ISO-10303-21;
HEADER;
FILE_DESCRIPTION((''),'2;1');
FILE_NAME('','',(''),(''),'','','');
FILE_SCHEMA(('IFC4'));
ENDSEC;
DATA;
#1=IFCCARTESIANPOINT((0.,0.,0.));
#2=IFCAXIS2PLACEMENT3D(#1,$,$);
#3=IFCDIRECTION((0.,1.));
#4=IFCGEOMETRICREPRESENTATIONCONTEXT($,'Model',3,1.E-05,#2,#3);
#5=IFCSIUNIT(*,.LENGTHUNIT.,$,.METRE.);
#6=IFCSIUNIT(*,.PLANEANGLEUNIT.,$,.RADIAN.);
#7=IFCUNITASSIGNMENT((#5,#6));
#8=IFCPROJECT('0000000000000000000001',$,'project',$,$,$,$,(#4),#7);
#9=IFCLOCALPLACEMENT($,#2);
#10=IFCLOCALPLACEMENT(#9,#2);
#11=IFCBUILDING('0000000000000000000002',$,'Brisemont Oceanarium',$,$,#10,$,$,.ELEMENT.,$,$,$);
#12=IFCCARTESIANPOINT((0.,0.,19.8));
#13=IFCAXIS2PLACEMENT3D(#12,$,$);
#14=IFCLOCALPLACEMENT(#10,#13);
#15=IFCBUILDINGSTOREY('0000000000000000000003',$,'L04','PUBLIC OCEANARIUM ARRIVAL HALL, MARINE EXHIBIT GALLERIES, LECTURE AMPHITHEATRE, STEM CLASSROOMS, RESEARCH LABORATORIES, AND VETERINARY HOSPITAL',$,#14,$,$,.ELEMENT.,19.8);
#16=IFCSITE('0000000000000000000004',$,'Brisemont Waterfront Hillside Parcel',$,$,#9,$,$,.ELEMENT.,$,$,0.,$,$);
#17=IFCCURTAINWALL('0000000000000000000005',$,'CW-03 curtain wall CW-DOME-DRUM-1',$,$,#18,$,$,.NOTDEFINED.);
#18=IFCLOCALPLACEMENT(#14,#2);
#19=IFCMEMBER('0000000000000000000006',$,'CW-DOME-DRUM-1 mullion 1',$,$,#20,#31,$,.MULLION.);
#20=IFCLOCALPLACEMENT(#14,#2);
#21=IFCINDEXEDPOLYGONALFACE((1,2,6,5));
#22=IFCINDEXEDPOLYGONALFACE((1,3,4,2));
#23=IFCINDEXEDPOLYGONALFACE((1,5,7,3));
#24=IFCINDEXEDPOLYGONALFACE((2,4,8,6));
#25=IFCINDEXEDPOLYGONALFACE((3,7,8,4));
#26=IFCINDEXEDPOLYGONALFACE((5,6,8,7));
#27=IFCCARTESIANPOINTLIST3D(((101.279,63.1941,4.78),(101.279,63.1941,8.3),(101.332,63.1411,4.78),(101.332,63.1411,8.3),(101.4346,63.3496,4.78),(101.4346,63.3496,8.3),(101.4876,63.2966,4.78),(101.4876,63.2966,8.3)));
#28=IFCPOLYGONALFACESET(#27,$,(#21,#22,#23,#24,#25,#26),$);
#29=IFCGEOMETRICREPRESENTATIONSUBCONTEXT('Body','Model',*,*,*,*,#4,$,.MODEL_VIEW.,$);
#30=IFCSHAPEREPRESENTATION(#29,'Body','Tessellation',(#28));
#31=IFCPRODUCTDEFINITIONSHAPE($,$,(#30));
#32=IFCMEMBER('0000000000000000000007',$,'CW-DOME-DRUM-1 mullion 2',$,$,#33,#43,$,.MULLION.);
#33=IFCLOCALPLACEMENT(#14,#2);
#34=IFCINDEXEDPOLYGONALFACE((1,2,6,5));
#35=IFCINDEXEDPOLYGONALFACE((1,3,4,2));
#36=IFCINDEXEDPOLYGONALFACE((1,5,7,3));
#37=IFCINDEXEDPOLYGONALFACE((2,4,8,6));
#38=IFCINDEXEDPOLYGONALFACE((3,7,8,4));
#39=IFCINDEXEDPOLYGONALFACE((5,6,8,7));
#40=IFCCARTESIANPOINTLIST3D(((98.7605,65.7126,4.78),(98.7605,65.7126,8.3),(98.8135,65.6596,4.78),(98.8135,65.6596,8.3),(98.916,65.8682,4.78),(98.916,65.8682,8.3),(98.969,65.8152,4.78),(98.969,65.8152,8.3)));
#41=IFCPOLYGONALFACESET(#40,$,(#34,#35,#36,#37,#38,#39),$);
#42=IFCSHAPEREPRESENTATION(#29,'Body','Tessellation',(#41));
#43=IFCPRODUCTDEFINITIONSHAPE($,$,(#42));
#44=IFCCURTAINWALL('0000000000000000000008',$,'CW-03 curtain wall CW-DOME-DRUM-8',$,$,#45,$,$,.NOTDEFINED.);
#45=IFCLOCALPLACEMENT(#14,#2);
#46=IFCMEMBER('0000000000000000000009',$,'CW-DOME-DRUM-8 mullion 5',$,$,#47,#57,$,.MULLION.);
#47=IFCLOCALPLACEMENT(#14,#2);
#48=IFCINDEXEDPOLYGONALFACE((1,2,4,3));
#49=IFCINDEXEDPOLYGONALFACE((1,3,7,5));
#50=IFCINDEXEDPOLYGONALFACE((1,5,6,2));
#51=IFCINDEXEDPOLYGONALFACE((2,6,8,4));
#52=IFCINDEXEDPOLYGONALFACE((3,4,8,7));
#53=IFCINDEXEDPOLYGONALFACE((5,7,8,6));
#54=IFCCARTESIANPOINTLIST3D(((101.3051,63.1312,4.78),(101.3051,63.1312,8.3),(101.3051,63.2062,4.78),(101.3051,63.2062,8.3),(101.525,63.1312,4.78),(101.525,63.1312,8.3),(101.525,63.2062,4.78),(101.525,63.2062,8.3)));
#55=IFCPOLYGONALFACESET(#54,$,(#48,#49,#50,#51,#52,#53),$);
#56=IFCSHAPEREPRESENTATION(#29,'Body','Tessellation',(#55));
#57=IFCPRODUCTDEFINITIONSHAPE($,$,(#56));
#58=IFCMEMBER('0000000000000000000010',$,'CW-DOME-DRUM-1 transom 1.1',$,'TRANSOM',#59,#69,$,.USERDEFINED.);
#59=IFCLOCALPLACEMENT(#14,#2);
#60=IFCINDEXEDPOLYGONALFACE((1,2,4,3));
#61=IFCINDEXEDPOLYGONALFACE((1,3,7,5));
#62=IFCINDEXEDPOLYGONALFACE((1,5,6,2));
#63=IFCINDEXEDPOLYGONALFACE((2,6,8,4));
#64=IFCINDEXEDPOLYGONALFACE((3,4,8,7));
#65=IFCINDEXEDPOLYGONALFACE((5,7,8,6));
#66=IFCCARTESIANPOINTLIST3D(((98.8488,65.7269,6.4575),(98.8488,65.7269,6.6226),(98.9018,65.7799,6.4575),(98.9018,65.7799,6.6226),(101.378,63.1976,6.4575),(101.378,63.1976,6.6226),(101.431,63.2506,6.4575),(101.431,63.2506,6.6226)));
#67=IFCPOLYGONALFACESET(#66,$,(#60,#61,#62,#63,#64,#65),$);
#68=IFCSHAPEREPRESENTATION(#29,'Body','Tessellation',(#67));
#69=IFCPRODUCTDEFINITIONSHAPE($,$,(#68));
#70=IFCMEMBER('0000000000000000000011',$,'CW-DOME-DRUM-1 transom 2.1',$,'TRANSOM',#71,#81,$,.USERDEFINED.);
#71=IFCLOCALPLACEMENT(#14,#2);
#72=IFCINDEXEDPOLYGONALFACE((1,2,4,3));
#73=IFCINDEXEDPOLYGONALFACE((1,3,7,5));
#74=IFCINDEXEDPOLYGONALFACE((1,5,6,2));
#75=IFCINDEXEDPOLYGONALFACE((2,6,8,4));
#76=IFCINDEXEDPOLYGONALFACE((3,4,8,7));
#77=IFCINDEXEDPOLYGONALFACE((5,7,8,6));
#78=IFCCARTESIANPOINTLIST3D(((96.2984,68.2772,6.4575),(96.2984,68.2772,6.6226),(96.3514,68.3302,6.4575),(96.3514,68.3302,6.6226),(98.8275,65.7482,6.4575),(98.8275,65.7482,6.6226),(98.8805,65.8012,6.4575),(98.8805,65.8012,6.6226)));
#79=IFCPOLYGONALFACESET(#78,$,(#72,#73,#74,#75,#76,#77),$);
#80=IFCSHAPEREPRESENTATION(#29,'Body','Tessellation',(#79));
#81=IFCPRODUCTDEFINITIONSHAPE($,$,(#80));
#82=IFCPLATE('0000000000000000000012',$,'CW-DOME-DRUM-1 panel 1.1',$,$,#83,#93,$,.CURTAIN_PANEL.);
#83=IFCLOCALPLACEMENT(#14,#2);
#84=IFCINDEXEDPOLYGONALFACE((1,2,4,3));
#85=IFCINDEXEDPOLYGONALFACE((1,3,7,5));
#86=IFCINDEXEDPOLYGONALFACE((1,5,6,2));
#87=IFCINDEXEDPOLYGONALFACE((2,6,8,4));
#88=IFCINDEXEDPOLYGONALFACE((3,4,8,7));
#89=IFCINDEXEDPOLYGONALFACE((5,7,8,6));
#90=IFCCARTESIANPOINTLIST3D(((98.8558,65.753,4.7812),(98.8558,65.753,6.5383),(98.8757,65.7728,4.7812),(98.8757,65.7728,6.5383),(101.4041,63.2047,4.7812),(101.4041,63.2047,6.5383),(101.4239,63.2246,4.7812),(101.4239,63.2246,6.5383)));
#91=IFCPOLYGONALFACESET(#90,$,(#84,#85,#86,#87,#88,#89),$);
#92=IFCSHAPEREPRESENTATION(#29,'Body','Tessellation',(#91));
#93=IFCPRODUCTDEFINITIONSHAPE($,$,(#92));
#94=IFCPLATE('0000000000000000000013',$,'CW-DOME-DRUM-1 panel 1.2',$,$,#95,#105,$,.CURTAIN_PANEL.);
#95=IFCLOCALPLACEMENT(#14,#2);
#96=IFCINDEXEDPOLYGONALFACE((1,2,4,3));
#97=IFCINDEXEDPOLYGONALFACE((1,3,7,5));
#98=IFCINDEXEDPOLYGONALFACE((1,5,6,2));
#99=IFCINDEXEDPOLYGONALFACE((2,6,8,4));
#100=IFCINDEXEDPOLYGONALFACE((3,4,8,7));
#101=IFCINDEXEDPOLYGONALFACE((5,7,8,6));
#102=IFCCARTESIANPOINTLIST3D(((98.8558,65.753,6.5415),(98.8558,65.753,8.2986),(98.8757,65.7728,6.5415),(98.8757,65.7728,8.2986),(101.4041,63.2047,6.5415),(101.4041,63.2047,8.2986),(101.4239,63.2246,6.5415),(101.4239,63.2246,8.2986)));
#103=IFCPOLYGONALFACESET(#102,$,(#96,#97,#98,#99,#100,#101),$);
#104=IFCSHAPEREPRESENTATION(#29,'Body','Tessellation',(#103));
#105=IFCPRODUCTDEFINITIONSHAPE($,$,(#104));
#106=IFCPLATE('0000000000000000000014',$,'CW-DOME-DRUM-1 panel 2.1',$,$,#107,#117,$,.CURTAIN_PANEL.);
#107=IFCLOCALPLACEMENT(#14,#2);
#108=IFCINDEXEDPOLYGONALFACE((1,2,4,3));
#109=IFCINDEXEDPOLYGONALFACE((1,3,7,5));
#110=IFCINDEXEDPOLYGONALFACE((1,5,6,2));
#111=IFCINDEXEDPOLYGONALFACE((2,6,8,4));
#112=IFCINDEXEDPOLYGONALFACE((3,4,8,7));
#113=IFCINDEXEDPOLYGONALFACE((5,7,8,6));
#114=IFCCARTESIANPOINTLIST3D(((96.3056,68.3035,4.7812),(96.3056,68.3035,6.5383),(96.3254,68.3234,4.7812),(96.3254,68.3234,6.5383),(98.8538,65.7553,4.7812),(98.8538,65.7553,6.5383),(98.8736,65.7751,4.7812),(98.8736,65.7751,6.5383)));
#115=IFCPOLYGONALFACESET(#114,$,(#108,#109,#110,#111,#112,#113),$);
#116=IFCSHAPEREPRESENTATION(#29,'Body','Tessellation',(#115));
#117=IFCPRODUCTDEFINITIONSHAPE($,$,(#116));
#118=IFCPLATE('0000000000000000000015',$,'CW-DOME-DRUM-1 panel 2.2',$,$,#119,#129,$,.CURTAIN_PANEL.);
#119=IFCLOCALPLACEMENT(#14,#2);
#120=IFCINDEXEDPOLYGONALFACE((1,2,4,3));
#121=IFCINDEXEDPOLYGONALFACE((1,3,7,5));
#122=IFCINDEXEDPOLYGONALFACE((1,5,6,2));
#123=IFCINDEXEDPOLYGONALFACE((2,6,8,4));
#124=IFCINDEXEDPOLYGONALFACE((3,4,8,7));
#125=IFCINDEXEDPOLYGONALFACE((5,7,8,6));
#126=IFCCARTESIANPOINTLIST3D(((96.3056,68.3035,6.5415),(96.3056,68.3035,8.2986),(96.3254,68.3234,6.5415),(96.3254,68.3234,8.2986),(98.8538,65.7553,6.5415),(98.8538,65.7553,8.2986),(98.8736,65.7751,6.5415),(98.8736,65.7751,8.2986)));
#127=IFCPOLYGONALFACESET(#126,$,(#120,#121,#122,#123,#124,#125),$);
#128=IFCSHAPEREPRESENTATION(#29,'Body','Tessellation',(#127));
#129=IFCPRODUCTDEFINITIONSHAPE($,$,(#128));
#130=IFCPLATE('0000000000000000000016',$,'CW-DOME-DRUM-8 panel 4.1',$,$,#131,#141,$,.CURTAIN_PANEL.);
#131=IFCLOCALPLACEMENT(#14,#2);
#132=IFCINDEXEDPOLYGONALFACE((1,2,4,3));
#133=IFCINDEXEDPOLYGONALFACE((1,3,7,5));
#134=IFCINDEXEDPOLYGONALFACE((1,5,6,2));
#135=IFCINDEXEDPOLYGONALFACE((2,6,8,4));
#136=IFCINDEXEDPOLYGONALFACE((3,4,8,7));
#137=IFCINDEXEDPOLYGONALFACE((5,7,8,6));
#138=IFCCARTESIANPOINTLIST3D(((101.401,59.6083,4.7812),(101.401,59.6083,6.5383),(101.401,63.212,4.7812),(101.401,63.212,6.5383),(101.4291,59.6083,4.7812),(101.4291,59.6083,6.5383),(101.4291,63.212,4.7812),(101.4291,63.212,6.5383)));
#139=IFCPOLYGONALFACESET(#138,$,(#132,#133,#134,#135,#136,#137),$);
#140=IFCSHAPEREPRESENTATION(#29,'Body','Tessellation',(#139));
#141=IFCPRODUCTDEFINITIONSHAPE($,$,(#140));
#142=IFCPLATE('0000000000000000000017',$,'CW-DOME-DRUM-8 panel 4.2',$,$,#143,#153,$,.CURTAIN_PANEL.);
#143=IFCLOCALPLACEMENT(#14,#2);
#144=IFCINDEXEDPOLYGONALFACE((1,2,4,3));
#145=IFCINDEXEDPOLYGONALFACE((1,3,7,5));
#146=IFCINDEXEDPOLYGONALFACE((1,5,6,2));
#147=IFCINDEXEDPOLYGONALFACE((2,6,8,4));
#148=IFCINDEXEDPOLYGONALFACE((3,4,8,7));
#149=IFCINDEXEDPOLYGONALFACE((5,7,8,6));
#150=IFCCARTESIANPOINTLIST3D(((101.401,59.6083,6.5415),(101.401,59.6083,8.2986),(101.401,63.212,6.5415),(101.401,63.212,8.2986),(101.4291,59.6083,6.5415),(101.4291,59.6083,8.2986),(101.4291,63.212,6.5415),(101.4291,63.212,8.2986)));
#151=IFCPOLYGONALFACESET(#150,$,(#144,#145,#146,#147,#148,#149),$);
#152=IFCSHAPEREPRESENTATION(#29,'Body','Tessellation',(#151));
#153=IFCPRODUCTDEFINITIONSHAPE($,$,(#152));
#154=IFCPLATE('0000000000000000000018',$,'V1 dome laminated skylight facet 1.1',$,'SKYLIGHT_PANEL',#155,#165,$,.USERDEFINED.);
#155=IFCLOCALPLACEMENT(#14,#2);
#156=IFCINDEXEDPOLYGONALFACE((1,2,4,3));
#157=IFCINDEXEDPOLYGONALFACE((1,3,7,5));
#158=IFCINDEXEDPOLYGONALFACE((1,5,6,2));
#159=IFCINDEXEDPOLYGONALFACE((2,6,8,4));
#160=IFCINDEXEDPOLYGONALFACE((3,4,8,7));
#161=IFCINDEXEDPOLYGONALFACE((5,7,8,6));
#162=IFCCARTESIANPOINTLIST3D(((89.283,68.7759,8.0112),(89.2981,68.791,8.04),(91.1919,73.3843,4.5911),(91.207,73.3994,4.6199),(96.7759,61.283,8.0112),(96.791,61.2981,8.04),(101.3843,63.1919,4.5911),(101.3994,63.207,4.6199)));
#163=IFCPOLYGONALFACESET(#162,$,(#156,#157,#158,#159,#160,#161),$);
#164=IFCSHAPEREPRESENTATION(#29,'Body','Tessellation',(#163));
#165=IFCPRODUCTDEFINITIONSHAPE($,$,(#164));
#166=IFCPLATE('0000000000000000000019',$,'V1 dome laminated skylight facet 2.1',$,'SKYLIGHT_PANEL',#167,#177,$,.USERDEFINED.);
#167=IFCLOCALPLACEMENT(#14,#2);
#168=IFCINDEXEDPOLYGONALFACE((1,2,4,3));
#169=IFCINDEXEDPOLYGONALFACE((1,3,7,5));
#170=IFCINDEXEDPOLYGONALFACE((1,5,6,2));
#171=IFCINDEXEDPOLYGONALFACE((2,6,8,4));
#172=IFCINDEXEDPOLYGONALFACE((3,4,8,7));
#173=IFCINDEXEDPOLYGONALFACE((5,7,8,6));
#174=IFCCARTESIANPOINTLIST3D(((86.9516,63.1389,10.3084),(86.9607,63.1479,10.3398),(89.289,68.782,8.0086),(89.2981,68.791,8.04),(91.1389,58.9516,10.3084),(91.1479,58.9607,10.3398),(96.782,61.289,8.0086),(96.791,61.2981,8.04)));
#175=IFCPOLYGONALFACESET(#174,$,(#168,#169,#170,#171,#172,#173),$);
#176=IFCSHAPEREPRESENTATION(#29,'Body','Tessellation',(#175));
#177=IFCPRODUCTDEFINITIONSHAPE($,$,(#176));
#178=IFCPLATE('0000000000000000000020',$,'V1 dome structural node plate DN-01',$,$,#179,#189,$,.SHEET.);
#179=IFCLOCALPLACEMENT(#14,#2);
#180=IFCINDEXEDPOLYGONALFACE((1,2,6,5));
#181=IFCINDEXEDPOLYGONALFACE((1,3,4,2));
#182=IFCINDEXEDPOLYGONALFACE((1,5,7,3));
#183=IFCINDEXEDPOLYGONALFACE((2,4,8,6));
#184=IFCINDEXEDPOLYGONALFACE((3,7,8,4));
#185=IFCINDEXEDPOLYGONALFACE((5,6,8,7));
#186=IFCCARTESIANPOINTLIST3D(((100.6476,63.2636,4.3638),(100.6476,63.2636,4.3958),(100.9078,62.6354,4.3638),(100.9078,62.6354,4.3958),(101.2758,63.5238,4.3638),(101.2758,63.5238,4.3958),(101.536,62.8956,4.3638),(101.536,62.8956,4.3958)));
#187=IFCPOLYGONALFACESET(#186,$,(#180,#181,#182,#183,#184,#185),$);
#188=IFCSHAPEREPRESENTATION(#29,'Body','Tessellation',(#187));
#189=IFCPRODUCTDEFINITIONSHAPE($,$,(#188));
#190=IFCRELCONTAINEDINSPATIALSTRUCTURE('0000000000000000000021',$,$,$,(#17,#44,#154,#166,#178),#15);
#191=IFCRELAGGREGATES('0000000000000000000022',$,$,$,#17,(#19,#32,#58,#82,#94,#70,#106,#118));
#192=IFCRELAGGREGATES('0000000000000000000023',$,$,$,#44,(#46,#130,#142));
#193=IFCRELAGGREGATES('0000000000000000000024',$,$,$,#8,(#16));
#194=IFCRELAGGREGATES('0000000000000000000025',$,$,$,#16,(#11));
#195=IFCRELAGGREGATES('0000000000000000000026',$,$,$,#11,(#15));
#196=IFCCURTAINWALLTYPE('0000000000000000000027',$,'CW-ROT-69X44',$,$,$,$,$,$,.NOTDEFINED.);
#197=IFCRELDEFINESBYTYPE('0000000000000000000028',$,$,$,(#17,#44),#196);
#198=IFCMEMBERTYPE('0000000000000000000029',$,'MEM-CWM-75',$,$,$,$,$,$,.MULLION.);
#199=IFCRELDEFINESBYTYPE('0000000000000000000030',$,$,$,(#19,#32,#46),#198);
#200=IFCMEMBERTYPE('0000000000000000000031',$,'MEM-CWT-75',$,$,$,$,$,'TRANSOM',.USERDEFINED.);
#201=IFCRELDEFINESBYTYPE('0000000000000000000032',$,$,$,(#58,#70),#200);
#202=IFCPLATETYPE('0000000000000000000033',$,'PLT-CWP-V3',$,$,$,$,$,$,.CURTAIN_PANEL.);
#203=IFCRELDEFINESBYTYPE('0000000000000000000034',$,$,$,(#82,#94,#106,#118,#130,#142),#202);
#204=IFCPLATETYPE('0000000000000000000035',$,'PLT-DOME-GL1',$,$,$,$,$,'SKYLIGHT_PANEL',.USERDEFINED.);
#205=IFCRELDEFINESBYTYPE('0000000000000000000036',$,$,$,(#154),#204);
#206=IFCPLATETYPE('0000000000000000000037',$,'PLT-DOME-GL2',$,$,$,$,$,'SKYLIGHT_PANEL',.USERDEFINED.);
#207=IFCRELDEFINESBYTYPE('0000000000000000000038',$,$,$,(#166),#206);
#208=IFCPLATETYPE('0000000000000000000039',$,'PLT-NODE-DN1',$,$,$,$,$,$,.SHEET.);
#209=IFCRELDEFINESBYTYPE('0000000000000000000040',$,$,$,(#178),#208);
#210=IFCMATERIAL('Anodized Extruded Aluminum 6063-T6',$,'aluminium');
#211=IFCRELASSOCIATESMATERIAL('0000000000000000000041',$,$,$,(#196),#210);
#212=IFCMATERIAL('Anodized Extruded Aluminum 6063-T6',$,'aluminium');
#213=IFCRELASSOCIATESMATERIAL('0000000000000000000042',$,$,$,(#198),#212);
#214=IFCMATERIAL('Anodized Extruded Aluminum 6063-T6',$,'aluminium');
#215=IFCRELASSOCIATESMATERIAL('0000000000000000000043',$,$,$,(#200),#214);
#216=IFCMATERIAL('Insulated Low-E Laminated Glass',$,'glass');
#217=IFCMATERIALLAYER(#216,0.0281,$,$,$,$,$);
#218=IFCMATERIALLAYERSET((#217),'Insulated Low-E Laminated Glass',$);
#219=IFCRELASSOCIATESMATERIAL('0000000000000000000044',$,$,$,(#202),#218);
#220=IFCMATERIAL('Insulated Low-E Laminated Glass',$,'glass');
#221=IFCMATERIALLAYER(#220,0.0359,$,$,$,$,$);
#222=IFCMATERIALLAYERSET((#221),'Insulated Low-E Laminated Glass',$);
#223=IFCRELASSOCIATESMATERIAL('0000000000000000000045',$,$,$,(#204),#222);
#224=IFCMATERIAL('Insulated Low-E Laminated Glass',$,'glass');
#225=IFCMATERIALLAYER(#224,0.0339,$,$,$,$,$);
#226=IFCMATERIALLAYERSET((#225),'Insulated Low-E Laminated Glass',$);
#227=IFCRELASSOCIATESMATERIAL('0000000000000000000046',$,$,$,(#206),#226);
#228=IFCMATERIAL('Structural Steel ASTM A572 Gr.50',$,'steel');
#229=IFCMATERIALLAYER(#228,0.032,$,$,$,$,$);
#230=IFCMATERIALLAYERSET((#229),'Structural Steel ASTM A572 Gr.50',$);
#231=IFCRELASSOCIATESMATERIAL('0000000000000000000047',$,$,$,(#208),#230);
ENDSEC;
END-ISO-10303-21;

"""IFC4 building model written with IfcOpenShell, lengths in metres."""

from ifc_helpers import new_model, si_unit, direction, frame, origin, origin_2d, place, context, subcontext, project, spatial, polyline, rectangle, outline, extrude, material, layer, layer_set, material_profile, profile_set, type_object, element, aggregate, save


model = new_model("IFC4")

# Units and contexts
model_context = context("Model", 3, precision=1e-05, world=origin(), true_north=direction((0.0, 1.0)))
body_context = subcontext(model_context, "Body", "Model", "MODEL_VIEW")
ifc_project = project(units=[si_unit("LENGTHUNIT", "METRE"), si_unit("PLANEANGLEUNIT", "RADIAN")], contexts=[model_context])

# Site, building, storey
site_placement = place(None, origin())
site = spatial("IfcSite", under=ifc_project, at=site_placement, Name="Brisemont Waterfront Hillside Parcel", CompositionType="ELEMENT", RefElevation=0.0)
building_placement = place(site_placement, origin())
building = spatial("IfcBuilding", under=site, at=building_placement, Name="Brisemont Oceanarium", CompositionType="ELEMENT")
storey_placement = place(building_placement, frame((0.0, 0.0, 19.8)))
storey = spatial("IfcBuildingStorey", under=building, at=storey_placement, Name="L04", Description="PUBLIC OCEANARIUM ARRIVAL HALL, MARINE EXHIBIT GALLERIES, LECTURE AMPHITHEATRE, STEM CLASSROOMS, RESEARCH LABORATORIES, AND VETERINARY HOSPITAL", CompositionType="ELEMENT", Elevation=19.8)

# Curtain wall, members
ifc_material_1 = material(Name="Anodized Extruded Aluminum 6063-T6", Category="aluminium")
curtain_wall_type = type_object("IfcCurtainWallType", Name="CW-ROT-69X44", PredefinedType="NOTDEFINED", material=ifc_material_1)
curtain_wall_1_placement = place(storey_placement, origin())
curtain_wall_1 = element("IfcCurtainWall", 1, at=curtain_wall_1_placement, inside=storey, type_object=curtain_wall_type, Name="CW-03 curtain wall CW-DOME-DRUM-1", PredefinedType="NOTDEFINED")
ifc_material_2 = material(Name="Anodized Extruded Aluminum 6063-T6", Category="aluminium")
ifc_material_profile_1 = material_profile(ifc_material_2, rectangle(XDim=0.075, YDim=0.22, at=origin_2d()), Name="CWM-75X220")
ifc_profile_set_1 = profile_set([ifc_material_profile_1], Name="Anodized Extruded Aluminum 6063-T6")
member_type_1 = type_object("IfcMemberType", Name="MEM-CWM-75", PredefinedType="MULLION", material=ifc_profile_set_1)
member_1_placement = place(storey_placement, frame((101.3833, 63.2454, 4.78), z_axis=(0.0, 0.0, 1.0), x_axis=(-0.707107, 0.707107, 0.0)))
member_1 = element("IfcMember", 2, at=member_1_placement, type_object=member_type_1, Name="CW-DOME-DRUM-1 mullion 1", PredefinedType="MULLION", context=body_context, shape_type="SweptSolid", body=[
    extrude(rectangle(XDim=0.075, YDim=0.22, at=origin_2d()), origin(), (0.0, 0.0, 1.0), 3.52),
])
member_2_placement = place(storey_placement, frame((98.8647, 65.7639, 4.78), z_axis=(0.0, 0.0, 1.0), x_axis=(-0.707107, 0.707107, 0.0)))
member_2 = element("IfcMember", 3, at=member_2_placement, type_object=member_type_1, Name="CW-DOME-DRUM-1 mullion 2", PredefinedType="MULLION", context=body_context, shape_type="SweptSolid", body=[
    extrude(rectangle(XDim=0.075, YDim=0.22, at=origin_2d()), origin(), (0.0, 0.0, 1.0), 3.52),
])

# Curtain wall, member
curtain_wall_2_placement = place(storey_placement, origin())
curtain_wall_2 = element("IfcCurtainWall", 4, at=curtain_wall_2_placement, inside=storey, type_object=curtain_wall_type, Name="CW-03 curtain wall CW-DOME-DRUM-8", PredefinedType="NOTDEFINED")
member_3_placement = place(storey_placement, frame((101.415, 63.1687, 4.78), z_axis=(0.0, 0.0, 1.0), x_axis=(0.0, 1.0, 0.0)))
member_3 = element("IfcMember", 5, at=member_3_placement, type_object=member_type_1, Name="CW-DOME-DRUM-8 mullion 5", PredefinedType="MULLION", context=body_context, shape_type="SweptSolid", body=[
    extrude(rectangle(XDim=0.075, YDim=0.22, at=origin_2d()), origin(), (0.0, 0.0, 1.0), 3.52),
])

# Members
ifc_material_3 = material(Name="Anodized Extruded Aluminum 6063-T6", Category="aluminium")
ifc_material_profile_2 = material_profile(ifc_material_3, rectangle(XDim=0.075, YDim=0.165, at=origin_2d()), Name="CWT-75X165")
ifc_profile_set_2 = profile_set([ifc_material_profile_2], Name="Anodized Extruded Aluminum 6063-T6")
member_type_2 = type_object("IfcMemberType", Name="MEM-CWT-75", ElementType="TRANSOM", PredefinedType="USERDEFINED", material=ifc_profile_set_2)
member_4_placement = place(storey_placement, frame((101.4045, 63.2241, 6.54), z_axis=(-0.707107, 0.707107, 0.0), x_axis=(-0.707107, -0.707107, 0.0)))
member_4 = element("IfcMember", 6, at=member_4_placement, type_object=member_type_2, Name="CW-DOME-DRUM-1 transom 1.1", ObjectType="TRANSOM", PredefinedType="USERDEFINED", context=body_context, shape_type="SweptSolid", body=[
    extrude(rectangle(XDim=0.075, YDim=0.165, at=origin_2d()), origin(), (0.0, 0.0, 1.0), 3.5769),
])
member_5_placement = place(storey_placement, frame((98.854, 65.7747, 6.54), z_axis=(-0.707107, 0.707107, 0.0), x_axis=(-0.707107, -0.707107, 0.0)))
member_5 = element("IfcMember", 7, at=member_5_placement, type_object=member_type_2, Name="CW-DOME-DRUM-1 transom 2.1", ObjectType="TRANSOM", PredefinedType="USERDEFINED", context=body_context, shape_type="SweptSolid", body=[
    extrude(rectangle(XDim=0.075, YDim=0.165, at=origin_2d()), origin(), (0.0, 0.0, 1.0), 3.5767),
])

# Plates
ifc_material_4 = material(Name="Insulated Low-E Laminated Glass", Category="glass")
ifc_layer_1 = layer(ifc_material_4, 0.0281)
ifc_layer_set_1 = layer_set([ifc_layer_1], Name="Insulated Low-E Laminated Glass")
plate_type_1 = type_object("IfcPlateType", Name="PLT-CWP-V3", PredefinedType="CURTAIN_PANEL", material=ifc_layer_set_1)
plate_1_placement = place(storey_placement, frame((100.1399, 64.4888, 4.7812), z_axis=(0.0, 0.0, 1.0), x_axis=(-0.707107, 0.707107, 0.0)))
plate_1 = element("IfcPlate", 8, at=plate_1_placement, type_object=plate_type_1, Name="CW-DOME-DRUM-1 panel 1.1", PredefinedType="CURTAIN_PANEL", context=body_context, shape_type="SweptSolid", body=[
    extrude(rectangle(XDim=3.6038, YDim=0.0281, at=origin_2d()), origin(), (0.0, 0.0, 1.0), 1.7571),
])
plate_2_placement = place(storey_placement, frame((100.1399, 64.4888, 6.5415), z_axis=(0.0, 0.0, 1.0), x_axis=(-0.707107, 0.707107, 0.0)))
plate_2 = element("IfcPlate", 9, at=plate_2_placement, type_object=plate_type_1, Name="CW-DOME-DRUM-1 panel 1.2", PredefinedType="CURTAIN_PANEL", context=body_context, shape_type="SweptSolid", body=[
    extrude(rectangle(XDim=3.6038, YDim=0.0281, at=origin_2d()), origin(), (0.0, 0.0, 1.0), 1.7571),
])
plate_3_placement = place(storey_placement, frame((97.5896, 67.0393, 4.7812), z_axis=(0.0, 0.0, 1.0), x_axis=(-0.707107, 0.707107, 0.0)))
plate_3 = element("IfcPlate", 10, at=plate_3_placement, type_object=plate_type_1, Name="CW-DOME-DRUM-1 panel 2.1", PredefinedType="CURTAIN_PANEL", context=body_context, shape_type="SweptSolid", body=[
    extrude(rectangle(XDim=3.6038, YDim=0.0281, at=origin_2d()), origin(), (0.0, 0.0, 1.0), 1.7571),
])
plate_4_placement = place(storey_placement, frame((97.5896, 67.0393, 6.5415), z_axis=(0.0, 0.0, 1.0), x_axis=(-0.707107, 0.707107, 0.0)))
plate_4 = element("IfcPlate", 11, at=plate_4_placement, type_object=plate_type_1, Name="CW-DOME-DRUM-1 panel 2.2", PredefinedType="CURTAIN_PANEL", context=body_context, shape_type="SweptSolid", body=[
    extrude(rectangle(XDim=3.6038, YDim=0.0281, at=origin_2d()), origin(), (0.0, 0.0, 1.0), 1.7571),
])
aggregate(curtain_wall_1, [member_1, member_2, member_4, plate_1, plate_2, member_5, plate_3, plate_4])
plate_5_placement = place(storey_placement, frame((101.415, 61.4102, 4.7812), z_axis=(0.0, 0.0, 1.0), x_axis=(0.0, 1.0, 0.0)))
plate_5 = element("IfcPlate", 12, at=plate_5_placement, type_object=plate_type_1, Name="CW-DOME-DRUM-8 panel 4.1", PredefinedType="CURTAIN_PANEL", context=body_context, shape_type="SweptSolid", body=[
    extrude(rectangle(XDim=3.6038, YDim=0.0281, at=origin_2d()), origin(), (0.0, 0.0, 1.0), 1.7571),
])
plate_6_placement = place(storey_placement, frame((101.415, 61.4102, 6.5415), z_axis=(0.0, 0.0, 1.0), x_axis=(0.0, 1.0, 0.0)))
plate_6 = element("IfcPlate", 13, at=plate_6_placement, type_object=plate_type_1, Name="CW-DOME-DRUM-8 panel 4.2", PredefinedType="CURTAIN_PANEL", context=body_context, shape_type="SweptSolid", body=[
    extrude(rectangle(XDim=3.6038, YDim=0.0281, at=origin_2d()), origin(), (0.0, 0.0, 1.0), 1.7571),
])
aggregate(curtain_wall_2, [member_3, plate_5, plate_6])

# Plates
ifc_material_5 = material(Name="Insulated Low-E Laminated Glass", Category="glass")
ifc_layer_2 = layer(ifc_material_5, 0.0359)
ifc_layer_set_2 = layer_set([ifc_layer_2], Name="Insulated Low-E Laminated Glass")
plate_type_2 = type_object("IfcPlateType", Name="PLT-DOME-GL1", ElementType="SKYLIGHT_PANEL", PredefinedType="USERDEFINED", material=ifc_layer_set_2)
plate_7_placement = place(storey_placement, frame((101.3994, 63.207, 4.6199), z_axis=(0.421406, 0.421406, 0.803015), x_axis=(-0.707107, 0.707107, 0.0)))
element("IfcPlate", 14, at=plate_7_placement, inside=storey, type_object=plate_type_2, Name="V1 dome laminated skylight facet 1.1", ObjectType="SKYLIGHT_PANEL", PredefinedType="USERDEFINED", context=body_context, shape_type="SweptSolid", body=[
    extrude(outline(polyline([(0.0, 0.0), (14.4142, 0.0), (12.5054, 5.7389), (1.9088, 5.7389), (0.0, 0.0)])), origin(), (0.0, 0.0, -1.0), 0.0359),
])
ifc_material_6 = material(Name="Insulated Low-E Laminated Glass", Category="glass")
ifc_layer_3 = layer(ifc_material_6, 0.0339)
ifc_layer_set_3 = layer_set([ifc_layer_3], Name="Insulated Low-E Laminated Glass")
plate_type_3 = type_object("IfcPlateType", Name="PLT-DOME-GL2", ElementType="SKYLIGHT_PANEL", PredefinedType="USERDEFINED", material=ifc_layer_set_3)
plate_8_placement = place(storey_placement, frame((96.791, 61.2981, 8.04), z_axis=(0.266868, 0.266868, 0.926047), x_axis=(-0.707107, 0.707107, 0.0)))
element("IfcPlate", 15, at=plate_8_placement, inside=storey, type_object=plate_type_3, Name="V1 dome laminated skylight facet 2.1", ObjectType="SKYLIGHT_PANEL", PredefinedType="USERDEFINED", context=body_context, shape_type="SweptSolid", body=[
    extrude(outline(polyline([(0.0, 0.0), (10.5966, 0.0), (8.2591, 6.0937), (2.3375, 6.0937), (0.0, 0.0)])), origin(), (0.0, 0.0, -1.0), 0.0339),
])
ifc_material_7 = material(Name="Structural Steel ASTM A572 Gr.50", Category="steel")
ifc_layer_4 = layer(ifc_material_7, 0.032)
ifc_layer_set_4 = layer_set([ifc_layer_4], Name="Structural Steel ASTM A572 Gr.50")
plate_type_4 = type_object("IfcPlateType", Name="PLT-NODE-DN1", PredefinedType="SHEET", material=ifc_layer_set_4)
plate_9_placement = place(storey_placement, frame((101.0918, 63.0796, 4.3638), z_axis=(0.0, 0.0, 1.0), x_axis=(0.92388, 0.382683, 0.0)))
element("IfcPlate", 16, at=plate_9_placement, inside=storey, type_object=plate_type_4, Name="V1 dome structural node plate DN-01", PredefinedType="SHEET", context=body_context, shape_type="SweptSolid", body=[
    extrude(rectangle(XDim=0.6799, YDim=0.6799, at=origin_2d()), origin(), (0.0, 0.0, 1.0), 0.032),
])

save(model, "model.ifc")
